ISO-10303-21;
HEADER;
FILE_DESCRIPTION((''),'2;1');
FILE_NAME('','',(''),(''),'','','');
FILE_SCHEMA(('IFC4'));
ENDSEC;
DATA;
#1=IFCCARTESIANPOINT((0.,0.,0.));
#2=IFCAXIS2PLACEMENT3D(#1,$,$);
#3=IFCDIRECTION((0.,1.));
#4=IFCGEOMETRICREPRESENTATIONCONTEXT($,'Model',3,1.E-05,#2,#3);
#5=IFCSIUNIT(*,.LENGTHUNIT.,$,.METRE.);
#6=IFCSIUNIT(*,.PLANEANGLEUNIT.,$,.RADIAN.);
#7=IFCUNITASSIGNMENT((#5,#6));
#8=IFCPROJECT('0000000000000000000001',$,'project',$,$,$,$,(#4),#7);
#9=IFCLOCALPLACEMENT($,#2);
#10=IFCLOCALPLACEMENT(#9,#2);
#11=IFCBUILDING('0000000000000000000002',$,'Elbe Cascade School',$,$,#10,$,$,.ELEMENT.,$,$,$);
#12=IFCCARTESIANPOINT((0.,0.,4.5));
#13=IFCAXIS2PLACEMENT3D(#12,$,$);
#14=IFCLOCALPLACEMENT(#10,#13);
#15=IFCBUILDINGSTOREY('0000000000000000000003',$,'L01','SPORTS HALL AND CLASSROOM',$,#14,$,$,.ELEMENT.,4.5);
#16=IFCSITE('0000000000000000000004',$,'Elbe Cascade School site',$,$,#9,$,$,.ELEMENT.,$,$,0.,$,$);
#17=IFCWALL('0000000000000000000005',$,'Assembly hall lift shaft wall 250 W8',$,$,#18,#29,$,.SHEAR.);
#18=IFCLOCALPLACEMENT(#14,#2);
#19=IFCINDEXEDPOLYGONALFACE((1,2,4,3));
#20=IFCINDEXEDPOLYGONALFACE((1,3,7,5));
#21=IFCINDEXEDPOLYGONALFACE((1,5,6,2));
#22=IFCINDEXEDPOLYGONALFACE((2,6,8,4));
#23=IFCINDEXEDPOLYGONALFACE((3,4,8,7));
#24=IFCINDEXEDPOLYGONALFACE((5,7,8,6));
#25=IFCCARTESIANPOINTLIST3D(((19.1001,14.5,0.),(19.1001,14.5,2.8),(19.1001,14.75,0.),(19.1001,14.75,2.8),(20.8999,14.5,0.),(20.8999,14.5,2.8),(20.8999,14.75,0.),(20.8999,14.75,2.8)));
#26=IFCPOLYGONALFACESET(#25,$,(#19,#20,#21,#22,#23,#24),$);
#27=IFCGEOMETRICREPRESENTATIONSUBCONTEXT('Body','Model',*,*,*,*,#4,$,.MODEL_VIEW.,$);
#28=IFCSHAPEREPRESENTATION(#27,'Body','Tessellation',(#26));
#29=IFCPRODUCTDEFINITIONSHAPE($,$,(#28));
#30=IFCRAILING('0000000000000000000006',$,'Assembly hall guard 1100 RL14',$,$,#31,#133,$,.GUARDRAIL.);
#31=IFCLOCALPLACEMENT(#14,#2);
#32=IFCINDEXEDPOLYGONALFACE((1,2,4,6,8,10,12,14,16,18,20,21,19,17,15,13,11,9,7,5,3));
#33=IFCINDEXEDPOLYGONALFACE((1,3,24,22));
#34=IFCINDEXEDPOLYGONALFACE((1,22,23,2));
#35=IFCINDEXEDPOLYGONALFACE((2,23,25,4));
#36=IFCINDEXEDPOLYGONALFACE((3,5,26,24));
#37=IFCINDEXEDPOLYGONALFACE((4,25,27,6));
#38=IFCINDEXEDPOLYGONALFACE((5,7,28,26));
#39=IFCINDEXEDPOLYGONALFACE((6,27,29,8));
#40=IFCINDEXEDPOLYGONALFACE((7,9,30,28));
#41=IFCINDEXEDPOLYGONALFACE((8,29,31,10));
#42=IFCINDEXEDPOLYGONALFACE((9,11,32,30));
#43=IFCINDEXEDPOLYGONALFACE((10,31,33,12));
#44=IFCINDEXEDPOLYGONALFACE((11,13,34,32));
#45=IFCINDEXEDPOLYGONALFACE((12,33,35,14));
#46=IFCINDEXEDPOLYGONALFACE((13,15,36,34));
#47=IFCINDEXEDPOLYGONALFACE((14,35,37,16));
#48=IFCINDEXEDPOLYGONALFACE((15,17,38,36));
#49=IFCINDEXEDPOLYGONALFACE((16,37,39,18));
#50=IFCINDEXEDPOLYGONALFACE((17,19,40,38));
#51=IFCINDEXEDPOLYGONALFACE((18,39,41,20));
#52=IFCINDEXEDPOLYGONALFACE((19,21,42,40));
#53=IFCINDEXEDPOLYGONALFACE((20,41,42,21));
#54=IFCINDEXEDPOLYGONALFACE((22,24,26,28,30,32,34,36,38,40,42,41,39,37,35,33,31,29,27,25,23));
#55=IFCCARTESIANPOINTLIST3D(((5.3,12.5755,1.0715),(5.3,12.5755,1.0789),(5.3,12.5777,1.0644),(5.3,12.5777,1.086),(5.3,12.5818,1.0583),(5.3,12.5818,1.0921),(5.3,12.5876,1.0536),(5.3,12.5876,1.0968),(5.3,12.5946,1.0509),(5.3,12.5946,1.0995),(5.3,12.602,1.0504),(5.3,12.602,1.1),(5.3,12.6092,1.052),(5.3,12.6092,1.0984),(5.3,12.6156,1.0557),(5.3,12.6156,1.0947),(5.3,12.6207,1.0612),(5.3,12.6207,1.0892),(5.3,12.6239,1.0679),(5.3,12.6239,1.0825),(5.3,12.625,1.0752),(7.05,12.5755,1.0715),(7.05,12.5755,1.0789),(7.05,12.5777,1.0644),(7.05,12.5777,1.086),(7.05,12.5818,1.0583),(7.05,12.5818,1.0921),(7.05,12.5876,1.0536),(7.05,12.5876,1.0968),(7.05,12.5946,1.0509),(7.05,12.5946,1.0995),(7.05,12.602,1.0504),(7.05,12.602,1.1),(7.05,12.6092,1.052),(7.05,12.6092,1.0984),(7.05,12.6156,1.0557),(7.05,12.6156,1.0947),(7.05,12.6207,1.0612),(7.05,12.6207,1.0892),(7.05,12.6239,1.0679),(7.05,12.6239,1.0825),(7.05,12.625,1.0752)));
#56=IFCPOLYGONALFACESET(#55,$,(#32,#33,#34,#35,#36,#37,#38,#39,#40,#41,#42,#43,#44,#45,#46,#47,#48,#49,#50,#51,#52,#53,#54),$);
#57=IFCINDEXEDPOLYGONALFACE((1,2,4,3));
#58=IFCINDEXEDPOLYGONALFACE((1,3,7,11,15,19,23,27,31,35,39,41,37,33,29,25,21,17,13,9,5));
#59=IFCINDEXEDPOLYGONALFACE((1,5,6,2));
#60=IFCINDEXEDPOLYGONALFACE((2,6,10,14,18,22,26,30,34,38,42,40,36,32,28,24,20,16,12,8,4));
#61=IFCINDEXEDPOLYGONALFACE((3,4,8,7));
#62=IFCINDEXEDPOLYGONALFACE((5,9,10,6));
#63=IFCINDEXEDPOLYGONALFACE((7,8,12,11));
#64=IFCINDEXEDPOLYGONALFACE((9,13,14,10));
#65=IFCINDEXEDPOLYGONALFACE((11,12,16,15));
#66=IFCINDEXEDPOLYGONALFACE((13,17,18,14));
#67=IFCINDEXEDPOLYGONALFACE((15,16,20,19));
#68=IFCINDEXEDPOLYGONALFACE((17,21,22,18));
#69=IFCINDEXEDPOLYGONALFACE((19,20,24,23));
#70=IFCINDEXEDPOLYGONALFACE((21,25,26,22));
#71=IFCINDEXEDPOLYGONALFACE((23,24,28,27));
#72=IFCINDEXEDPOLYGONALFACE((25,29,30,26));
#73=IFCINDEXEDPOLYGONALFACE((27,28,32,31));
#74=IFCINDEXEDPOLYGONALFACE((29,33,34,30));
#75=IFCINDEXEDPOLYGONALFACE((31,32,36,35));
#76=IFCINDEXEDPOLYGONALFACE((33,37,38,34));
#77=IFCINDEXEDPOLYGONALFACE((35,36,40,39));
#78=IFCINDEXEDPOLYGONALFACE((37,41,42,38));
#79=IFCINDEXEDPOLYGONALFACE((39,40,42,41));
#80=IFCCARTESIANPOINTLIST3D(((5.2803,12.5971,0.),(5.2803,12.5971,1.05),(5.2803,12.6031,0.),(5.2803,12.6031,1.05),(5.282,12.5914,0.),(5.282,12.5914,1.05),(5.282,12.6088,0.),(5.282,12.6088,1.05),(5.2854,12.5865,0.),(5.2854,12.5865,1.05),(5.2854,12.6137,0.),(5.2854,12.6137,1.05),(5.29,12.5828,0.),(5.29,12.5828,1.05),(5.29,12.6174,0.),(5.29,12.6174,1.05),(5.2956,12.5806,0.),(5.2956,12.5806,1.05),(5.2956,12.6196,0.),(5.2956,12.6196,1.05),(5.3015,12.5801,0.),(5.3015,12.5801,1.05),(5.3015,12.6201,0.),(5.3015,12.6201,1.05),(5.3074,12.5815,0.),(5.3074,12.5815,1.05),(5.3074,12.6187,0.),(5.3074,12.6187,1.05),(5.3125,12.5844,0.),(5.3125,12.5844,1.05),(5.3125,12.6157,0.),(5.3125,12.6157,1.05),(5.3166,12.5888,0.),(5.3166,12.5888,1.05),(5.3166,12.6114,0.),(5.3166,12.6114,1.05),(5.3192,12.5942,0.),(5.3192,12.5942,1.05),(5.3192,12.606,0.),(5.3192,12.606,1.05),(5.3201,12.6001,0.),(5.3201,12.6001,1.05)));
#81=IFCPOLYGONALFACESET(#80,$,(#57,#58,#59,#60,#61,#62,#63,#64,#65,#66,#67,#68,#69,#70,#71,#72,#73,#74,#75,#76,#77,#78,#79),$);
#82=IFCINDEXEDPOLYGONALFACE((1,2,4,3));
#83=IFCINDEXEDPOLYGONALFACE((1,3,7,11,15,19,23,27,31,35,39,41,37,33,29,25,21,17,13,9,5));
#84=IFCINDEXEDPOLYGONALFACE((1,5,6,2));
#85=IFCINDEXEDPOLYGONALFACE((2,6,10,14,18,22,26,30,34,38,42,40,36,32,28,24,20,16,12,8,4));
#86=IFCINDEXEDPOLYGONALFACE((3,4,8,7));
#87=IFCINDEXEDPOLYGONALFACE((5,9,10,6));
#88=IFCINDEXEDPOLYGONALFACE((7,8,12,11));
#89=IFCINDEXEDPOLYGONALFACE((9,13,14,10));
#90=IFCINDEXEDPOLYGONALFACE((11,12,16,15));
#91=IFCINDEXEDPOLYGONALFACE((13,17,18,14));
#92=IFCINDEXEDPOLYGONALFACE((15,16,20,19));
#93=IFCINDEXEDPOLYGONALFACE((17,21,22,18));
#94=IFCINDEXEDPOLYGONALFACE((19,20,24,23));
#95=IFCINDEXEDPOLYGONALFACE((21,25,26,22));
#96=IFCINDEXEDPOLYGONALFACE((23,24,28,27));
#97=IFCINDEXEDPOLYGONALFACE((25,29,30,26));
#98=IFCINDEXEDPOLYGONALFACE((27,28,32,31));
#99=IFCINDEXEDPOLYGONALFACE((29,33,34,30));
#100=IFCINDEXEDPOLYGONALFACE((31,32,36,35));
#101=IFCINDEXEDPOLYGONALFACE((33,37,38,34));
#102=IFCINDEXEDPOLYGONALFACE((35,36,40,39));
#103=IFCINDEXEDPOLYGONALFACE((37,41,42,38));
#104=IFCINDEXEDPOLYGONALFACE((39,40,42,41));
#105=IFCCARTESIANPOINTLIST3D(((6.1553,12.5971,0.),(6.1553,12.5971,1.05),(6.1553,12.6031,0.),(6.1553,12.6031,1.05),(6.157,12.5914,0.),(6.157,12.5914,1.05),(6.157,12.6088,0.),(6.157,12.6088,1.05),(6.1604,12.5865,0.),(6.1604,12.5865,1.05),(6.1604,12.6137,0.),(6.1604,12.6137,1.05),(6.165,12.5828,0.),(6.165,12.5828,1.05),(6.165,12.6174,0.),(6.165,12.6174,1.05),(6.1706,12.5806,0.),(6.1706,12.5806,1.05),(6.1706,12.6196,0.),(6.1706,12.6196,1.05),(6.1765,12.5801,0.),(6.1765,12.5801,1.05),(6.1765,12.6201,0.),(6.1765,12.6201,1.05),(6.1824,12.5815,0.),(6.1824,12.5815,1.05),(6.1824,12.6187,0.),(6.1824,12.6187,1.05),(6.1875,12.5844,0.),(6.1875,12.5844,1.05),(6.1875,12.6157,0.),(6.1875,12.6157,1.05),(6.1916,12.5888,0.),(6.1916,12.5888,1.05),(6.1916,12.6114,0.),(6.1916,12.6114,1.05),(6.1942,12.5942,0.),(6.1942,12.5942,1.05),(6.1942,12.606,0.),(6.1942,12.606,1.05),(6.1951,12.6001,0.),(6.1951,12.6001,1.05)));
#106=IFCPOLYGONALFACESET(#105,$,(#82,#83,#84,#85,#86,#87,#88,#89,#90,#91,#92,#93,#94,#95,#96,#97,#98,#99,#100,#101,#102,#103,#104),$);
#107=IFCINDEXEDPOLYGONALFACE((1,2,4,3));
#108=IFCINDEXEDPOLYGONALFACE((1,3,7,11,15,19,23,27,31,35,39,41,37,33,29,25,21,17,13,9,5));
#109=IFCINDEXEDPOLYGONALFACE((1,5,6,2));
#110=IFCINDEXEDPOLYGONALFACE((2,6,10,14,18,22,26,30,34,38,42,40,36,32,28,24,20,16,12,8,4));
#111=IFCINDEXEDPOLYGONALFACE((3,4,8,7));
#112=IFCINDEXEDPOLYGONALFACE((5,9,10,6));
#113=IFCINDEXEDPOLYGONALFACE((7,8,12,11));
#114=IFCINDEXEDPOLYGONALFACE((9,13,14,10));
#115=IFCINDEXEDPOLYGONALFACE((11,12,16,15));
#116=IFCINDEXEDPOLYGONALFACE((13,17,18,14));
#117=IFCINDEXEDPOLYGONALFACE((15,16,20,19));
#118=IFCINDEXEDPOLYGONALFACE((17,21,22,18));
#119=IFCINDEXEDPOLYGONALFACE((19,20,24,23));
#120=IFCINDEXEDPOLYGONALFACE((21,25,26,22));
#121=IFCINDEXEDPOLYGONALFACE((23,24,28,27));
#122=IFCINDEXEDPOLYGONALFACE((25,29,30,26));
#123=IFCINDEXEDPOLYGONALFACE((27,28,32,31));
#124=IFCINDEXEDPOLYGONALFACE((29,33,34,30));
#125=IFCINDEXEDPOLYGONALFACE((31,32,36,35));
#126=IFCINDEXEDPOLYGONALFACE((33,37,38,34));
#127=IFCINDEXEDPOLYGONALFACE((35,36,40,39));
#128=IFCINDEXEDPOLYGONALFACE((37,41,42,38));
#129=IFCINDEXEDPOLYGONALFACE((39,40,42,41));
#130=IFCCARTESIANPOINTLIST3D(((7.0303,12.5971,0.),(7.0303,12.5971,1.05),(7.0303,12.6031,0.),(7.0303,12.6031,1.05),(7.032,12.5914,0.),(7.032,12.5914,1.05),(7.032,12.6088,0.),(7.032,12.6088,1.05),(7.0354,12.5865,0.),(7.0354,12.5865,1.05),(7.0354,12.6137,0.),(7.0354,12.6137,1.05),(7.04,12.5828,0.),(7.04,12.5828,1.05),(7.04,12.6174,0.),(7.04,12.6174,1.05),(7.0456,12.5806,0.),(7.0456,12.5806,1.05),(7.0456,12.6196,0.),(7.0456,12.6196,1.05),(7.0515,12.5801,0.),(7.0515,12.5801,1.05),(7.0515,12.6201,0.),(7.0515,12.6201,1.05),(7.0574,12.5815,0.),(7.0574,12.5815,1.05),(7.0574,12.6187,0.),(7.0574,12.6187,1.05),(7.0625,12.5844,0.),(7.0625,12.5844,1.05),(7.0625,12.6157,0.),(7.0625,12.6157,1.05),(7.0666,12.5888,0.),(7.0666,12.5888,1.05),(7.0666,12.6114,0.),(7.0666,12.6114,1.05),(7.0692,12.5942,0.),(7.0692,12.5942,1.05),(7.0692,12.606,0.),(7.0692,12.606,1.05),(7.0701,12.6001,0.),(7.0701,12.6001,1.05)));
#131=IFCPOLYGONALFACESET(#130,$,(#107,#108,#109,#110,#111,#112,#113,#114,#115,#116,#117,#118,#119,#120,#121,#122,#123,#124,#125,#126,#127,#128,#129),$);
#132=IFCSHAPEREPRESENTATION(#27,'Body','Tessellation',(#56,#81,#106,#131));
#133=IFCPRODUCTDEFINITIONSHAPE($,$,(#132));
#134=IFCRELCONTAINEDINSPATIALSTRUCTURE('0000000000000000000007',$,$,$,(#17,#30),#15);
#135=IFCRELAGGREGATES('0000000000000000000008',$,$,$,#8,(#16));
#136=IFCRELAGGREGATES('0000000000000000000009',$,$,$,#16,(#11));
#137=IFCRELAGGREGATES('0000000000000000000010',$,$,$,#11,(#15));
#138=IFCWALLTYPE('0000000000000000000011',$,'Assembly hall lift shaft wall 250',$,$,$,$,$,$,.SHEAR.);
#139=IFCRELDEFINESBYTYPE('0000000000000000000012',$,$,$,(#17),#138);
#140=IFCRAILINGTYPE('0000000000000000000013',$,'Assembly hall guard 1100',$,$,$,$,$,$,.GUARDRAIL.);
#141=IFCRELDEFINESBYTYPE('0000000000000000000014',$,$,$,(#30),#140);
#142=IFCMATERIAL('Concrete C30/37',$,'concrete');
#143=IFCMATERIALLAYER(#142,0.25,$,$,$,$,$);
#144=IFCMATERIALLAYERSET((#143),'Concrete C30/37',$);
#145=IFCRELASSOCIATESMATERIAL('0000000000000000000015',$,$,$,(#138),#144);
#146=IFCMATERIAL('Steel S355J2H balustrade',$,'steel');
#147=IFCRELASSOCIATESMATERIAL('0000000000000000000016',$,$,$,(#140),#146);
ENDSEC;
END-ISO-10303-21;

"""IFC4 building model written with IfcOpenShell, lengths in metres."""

from ifc_helpers import new_model, si_unit, direction, frame, frame_2d, origin, origin_2d, place, context, subcontext, project, spatial, rectangle, circle, extrude, material, layer, layer_set, type_object, element, save


model = new_model("IFC4")

# Units and contexts
model_context = context("Model", 3, precision=1e-05, world=origin(), true_north=direction((0.0, 1.0)))
body_context = subcontext(model_context, "Body", "Model", "MODEL_VIEW")
ifc_project = project(units=[si_unit("LENGTHUNIT", "METRE"), si_unit("PLANEANGLEUNIT", "RADIAN")], contexts=[model_context])

# Site, building, storey
site_placement = place(None, origin())
site = spatial("IfcSite", under=ifc_project, at=site_placement, Name="Elbe Cascade School site", CompositionType="ELEMENT", RefElevation=0.0)
building_placement = place(site_placement, origin())
building = spatial("IfcBuilding", under=site, at=building_placement, Name="Elbe Cascade School", CompositionType="ELEMENT")
storey_placement = place(building_placement, frame((0.0, 0.0, 4.5)))
storey = spatial("IfcBuildingStorey", under=building, at=storey_placement, Name="L01", Description="SPORTS HALL AND CLASSROOM", CompositionType="ELEMENT", Elevation=4.5)

# Shared definitions
ifc_material_1 = material(Name="Concrete C30/37", Category="concrete")
ifc_layer_1 = layer(ifc_material_1, 0.25)
ifc_layer_set_1 = layer_set([ifc_layer_1], Name="Concrete C30/37")
wall_type_1 = type_object("IfcWallType", Name="Assembly hall lift shaft wall 250", PredefinedType="SHEAR", material=ifc_layer_set_1)

# Wall
wall_1_placement = place(storey_placement, frame((19.1001, 14.625, 0.0), z_axis=(0.0, 0.0, 1.0), x_axis=(1.0, 0.0, 0.0)))
element("IfcWall", 1, at=wall_1_placement, inside=storey, type_object=wall_type_1, Name="Assembly hall lift shaft wall 250 W8", PredefinedType="SHEAR", context=body_context, shape_type="SweptSolid", body=[
    extrude(rectangle(XDim=1.7998, YDim=0.25, at=frame_2d((0.8999, 0.0))), origin(), (0.0, 0.0, 1.0), 2.8),
])

# Railing
ifc_material_2 = material(Name="Steel S355J2H balustrade", Category="steel")
railing_type = type_object("IfcRailingType", Name="Assembly hall guard 1100", PredefinedType="GUARDRAIL", material=ifc_material_2)
railing_1_placement = place(storey_placement, frame((5.3, 12.6001, 0.0)))
element("IfcRailing", 2, at=railing_1_placement, inside=storey, type_object=railing_type, Name="Assembly hall guard 1100 RL14", PredefinedType="GUARDRAIL", context=body_context, shape_type="SweptSolid", body=[
    extrude(circle(Radius=0.0249, at=origin_2d()), frame((0.0, 0.0, 1.0752), z_axis=(1.0, 0.0, 0.0), x_axis=(0.0, 1.0, 0.0)), (0.0, 0.0, 1.0), 1.75),
    extrude(circle(Radius=0.02, at=origin_2d()), origin(), (0.0, 0.0, 1.0), 1.05),
    extrude(circle(Radius=0.02, at=origin_2d()), frame((0.875, 0.0, 0.0)), (0.0, 0.0, 1.0), 1.05),
    extrude(circle(Radius=0.02, at=origin_2d()), frame((1.75, 0.0, 0.0)), (0.0, 0.0, 1.0), 1.05),
])

save(model, "model.ifc")
